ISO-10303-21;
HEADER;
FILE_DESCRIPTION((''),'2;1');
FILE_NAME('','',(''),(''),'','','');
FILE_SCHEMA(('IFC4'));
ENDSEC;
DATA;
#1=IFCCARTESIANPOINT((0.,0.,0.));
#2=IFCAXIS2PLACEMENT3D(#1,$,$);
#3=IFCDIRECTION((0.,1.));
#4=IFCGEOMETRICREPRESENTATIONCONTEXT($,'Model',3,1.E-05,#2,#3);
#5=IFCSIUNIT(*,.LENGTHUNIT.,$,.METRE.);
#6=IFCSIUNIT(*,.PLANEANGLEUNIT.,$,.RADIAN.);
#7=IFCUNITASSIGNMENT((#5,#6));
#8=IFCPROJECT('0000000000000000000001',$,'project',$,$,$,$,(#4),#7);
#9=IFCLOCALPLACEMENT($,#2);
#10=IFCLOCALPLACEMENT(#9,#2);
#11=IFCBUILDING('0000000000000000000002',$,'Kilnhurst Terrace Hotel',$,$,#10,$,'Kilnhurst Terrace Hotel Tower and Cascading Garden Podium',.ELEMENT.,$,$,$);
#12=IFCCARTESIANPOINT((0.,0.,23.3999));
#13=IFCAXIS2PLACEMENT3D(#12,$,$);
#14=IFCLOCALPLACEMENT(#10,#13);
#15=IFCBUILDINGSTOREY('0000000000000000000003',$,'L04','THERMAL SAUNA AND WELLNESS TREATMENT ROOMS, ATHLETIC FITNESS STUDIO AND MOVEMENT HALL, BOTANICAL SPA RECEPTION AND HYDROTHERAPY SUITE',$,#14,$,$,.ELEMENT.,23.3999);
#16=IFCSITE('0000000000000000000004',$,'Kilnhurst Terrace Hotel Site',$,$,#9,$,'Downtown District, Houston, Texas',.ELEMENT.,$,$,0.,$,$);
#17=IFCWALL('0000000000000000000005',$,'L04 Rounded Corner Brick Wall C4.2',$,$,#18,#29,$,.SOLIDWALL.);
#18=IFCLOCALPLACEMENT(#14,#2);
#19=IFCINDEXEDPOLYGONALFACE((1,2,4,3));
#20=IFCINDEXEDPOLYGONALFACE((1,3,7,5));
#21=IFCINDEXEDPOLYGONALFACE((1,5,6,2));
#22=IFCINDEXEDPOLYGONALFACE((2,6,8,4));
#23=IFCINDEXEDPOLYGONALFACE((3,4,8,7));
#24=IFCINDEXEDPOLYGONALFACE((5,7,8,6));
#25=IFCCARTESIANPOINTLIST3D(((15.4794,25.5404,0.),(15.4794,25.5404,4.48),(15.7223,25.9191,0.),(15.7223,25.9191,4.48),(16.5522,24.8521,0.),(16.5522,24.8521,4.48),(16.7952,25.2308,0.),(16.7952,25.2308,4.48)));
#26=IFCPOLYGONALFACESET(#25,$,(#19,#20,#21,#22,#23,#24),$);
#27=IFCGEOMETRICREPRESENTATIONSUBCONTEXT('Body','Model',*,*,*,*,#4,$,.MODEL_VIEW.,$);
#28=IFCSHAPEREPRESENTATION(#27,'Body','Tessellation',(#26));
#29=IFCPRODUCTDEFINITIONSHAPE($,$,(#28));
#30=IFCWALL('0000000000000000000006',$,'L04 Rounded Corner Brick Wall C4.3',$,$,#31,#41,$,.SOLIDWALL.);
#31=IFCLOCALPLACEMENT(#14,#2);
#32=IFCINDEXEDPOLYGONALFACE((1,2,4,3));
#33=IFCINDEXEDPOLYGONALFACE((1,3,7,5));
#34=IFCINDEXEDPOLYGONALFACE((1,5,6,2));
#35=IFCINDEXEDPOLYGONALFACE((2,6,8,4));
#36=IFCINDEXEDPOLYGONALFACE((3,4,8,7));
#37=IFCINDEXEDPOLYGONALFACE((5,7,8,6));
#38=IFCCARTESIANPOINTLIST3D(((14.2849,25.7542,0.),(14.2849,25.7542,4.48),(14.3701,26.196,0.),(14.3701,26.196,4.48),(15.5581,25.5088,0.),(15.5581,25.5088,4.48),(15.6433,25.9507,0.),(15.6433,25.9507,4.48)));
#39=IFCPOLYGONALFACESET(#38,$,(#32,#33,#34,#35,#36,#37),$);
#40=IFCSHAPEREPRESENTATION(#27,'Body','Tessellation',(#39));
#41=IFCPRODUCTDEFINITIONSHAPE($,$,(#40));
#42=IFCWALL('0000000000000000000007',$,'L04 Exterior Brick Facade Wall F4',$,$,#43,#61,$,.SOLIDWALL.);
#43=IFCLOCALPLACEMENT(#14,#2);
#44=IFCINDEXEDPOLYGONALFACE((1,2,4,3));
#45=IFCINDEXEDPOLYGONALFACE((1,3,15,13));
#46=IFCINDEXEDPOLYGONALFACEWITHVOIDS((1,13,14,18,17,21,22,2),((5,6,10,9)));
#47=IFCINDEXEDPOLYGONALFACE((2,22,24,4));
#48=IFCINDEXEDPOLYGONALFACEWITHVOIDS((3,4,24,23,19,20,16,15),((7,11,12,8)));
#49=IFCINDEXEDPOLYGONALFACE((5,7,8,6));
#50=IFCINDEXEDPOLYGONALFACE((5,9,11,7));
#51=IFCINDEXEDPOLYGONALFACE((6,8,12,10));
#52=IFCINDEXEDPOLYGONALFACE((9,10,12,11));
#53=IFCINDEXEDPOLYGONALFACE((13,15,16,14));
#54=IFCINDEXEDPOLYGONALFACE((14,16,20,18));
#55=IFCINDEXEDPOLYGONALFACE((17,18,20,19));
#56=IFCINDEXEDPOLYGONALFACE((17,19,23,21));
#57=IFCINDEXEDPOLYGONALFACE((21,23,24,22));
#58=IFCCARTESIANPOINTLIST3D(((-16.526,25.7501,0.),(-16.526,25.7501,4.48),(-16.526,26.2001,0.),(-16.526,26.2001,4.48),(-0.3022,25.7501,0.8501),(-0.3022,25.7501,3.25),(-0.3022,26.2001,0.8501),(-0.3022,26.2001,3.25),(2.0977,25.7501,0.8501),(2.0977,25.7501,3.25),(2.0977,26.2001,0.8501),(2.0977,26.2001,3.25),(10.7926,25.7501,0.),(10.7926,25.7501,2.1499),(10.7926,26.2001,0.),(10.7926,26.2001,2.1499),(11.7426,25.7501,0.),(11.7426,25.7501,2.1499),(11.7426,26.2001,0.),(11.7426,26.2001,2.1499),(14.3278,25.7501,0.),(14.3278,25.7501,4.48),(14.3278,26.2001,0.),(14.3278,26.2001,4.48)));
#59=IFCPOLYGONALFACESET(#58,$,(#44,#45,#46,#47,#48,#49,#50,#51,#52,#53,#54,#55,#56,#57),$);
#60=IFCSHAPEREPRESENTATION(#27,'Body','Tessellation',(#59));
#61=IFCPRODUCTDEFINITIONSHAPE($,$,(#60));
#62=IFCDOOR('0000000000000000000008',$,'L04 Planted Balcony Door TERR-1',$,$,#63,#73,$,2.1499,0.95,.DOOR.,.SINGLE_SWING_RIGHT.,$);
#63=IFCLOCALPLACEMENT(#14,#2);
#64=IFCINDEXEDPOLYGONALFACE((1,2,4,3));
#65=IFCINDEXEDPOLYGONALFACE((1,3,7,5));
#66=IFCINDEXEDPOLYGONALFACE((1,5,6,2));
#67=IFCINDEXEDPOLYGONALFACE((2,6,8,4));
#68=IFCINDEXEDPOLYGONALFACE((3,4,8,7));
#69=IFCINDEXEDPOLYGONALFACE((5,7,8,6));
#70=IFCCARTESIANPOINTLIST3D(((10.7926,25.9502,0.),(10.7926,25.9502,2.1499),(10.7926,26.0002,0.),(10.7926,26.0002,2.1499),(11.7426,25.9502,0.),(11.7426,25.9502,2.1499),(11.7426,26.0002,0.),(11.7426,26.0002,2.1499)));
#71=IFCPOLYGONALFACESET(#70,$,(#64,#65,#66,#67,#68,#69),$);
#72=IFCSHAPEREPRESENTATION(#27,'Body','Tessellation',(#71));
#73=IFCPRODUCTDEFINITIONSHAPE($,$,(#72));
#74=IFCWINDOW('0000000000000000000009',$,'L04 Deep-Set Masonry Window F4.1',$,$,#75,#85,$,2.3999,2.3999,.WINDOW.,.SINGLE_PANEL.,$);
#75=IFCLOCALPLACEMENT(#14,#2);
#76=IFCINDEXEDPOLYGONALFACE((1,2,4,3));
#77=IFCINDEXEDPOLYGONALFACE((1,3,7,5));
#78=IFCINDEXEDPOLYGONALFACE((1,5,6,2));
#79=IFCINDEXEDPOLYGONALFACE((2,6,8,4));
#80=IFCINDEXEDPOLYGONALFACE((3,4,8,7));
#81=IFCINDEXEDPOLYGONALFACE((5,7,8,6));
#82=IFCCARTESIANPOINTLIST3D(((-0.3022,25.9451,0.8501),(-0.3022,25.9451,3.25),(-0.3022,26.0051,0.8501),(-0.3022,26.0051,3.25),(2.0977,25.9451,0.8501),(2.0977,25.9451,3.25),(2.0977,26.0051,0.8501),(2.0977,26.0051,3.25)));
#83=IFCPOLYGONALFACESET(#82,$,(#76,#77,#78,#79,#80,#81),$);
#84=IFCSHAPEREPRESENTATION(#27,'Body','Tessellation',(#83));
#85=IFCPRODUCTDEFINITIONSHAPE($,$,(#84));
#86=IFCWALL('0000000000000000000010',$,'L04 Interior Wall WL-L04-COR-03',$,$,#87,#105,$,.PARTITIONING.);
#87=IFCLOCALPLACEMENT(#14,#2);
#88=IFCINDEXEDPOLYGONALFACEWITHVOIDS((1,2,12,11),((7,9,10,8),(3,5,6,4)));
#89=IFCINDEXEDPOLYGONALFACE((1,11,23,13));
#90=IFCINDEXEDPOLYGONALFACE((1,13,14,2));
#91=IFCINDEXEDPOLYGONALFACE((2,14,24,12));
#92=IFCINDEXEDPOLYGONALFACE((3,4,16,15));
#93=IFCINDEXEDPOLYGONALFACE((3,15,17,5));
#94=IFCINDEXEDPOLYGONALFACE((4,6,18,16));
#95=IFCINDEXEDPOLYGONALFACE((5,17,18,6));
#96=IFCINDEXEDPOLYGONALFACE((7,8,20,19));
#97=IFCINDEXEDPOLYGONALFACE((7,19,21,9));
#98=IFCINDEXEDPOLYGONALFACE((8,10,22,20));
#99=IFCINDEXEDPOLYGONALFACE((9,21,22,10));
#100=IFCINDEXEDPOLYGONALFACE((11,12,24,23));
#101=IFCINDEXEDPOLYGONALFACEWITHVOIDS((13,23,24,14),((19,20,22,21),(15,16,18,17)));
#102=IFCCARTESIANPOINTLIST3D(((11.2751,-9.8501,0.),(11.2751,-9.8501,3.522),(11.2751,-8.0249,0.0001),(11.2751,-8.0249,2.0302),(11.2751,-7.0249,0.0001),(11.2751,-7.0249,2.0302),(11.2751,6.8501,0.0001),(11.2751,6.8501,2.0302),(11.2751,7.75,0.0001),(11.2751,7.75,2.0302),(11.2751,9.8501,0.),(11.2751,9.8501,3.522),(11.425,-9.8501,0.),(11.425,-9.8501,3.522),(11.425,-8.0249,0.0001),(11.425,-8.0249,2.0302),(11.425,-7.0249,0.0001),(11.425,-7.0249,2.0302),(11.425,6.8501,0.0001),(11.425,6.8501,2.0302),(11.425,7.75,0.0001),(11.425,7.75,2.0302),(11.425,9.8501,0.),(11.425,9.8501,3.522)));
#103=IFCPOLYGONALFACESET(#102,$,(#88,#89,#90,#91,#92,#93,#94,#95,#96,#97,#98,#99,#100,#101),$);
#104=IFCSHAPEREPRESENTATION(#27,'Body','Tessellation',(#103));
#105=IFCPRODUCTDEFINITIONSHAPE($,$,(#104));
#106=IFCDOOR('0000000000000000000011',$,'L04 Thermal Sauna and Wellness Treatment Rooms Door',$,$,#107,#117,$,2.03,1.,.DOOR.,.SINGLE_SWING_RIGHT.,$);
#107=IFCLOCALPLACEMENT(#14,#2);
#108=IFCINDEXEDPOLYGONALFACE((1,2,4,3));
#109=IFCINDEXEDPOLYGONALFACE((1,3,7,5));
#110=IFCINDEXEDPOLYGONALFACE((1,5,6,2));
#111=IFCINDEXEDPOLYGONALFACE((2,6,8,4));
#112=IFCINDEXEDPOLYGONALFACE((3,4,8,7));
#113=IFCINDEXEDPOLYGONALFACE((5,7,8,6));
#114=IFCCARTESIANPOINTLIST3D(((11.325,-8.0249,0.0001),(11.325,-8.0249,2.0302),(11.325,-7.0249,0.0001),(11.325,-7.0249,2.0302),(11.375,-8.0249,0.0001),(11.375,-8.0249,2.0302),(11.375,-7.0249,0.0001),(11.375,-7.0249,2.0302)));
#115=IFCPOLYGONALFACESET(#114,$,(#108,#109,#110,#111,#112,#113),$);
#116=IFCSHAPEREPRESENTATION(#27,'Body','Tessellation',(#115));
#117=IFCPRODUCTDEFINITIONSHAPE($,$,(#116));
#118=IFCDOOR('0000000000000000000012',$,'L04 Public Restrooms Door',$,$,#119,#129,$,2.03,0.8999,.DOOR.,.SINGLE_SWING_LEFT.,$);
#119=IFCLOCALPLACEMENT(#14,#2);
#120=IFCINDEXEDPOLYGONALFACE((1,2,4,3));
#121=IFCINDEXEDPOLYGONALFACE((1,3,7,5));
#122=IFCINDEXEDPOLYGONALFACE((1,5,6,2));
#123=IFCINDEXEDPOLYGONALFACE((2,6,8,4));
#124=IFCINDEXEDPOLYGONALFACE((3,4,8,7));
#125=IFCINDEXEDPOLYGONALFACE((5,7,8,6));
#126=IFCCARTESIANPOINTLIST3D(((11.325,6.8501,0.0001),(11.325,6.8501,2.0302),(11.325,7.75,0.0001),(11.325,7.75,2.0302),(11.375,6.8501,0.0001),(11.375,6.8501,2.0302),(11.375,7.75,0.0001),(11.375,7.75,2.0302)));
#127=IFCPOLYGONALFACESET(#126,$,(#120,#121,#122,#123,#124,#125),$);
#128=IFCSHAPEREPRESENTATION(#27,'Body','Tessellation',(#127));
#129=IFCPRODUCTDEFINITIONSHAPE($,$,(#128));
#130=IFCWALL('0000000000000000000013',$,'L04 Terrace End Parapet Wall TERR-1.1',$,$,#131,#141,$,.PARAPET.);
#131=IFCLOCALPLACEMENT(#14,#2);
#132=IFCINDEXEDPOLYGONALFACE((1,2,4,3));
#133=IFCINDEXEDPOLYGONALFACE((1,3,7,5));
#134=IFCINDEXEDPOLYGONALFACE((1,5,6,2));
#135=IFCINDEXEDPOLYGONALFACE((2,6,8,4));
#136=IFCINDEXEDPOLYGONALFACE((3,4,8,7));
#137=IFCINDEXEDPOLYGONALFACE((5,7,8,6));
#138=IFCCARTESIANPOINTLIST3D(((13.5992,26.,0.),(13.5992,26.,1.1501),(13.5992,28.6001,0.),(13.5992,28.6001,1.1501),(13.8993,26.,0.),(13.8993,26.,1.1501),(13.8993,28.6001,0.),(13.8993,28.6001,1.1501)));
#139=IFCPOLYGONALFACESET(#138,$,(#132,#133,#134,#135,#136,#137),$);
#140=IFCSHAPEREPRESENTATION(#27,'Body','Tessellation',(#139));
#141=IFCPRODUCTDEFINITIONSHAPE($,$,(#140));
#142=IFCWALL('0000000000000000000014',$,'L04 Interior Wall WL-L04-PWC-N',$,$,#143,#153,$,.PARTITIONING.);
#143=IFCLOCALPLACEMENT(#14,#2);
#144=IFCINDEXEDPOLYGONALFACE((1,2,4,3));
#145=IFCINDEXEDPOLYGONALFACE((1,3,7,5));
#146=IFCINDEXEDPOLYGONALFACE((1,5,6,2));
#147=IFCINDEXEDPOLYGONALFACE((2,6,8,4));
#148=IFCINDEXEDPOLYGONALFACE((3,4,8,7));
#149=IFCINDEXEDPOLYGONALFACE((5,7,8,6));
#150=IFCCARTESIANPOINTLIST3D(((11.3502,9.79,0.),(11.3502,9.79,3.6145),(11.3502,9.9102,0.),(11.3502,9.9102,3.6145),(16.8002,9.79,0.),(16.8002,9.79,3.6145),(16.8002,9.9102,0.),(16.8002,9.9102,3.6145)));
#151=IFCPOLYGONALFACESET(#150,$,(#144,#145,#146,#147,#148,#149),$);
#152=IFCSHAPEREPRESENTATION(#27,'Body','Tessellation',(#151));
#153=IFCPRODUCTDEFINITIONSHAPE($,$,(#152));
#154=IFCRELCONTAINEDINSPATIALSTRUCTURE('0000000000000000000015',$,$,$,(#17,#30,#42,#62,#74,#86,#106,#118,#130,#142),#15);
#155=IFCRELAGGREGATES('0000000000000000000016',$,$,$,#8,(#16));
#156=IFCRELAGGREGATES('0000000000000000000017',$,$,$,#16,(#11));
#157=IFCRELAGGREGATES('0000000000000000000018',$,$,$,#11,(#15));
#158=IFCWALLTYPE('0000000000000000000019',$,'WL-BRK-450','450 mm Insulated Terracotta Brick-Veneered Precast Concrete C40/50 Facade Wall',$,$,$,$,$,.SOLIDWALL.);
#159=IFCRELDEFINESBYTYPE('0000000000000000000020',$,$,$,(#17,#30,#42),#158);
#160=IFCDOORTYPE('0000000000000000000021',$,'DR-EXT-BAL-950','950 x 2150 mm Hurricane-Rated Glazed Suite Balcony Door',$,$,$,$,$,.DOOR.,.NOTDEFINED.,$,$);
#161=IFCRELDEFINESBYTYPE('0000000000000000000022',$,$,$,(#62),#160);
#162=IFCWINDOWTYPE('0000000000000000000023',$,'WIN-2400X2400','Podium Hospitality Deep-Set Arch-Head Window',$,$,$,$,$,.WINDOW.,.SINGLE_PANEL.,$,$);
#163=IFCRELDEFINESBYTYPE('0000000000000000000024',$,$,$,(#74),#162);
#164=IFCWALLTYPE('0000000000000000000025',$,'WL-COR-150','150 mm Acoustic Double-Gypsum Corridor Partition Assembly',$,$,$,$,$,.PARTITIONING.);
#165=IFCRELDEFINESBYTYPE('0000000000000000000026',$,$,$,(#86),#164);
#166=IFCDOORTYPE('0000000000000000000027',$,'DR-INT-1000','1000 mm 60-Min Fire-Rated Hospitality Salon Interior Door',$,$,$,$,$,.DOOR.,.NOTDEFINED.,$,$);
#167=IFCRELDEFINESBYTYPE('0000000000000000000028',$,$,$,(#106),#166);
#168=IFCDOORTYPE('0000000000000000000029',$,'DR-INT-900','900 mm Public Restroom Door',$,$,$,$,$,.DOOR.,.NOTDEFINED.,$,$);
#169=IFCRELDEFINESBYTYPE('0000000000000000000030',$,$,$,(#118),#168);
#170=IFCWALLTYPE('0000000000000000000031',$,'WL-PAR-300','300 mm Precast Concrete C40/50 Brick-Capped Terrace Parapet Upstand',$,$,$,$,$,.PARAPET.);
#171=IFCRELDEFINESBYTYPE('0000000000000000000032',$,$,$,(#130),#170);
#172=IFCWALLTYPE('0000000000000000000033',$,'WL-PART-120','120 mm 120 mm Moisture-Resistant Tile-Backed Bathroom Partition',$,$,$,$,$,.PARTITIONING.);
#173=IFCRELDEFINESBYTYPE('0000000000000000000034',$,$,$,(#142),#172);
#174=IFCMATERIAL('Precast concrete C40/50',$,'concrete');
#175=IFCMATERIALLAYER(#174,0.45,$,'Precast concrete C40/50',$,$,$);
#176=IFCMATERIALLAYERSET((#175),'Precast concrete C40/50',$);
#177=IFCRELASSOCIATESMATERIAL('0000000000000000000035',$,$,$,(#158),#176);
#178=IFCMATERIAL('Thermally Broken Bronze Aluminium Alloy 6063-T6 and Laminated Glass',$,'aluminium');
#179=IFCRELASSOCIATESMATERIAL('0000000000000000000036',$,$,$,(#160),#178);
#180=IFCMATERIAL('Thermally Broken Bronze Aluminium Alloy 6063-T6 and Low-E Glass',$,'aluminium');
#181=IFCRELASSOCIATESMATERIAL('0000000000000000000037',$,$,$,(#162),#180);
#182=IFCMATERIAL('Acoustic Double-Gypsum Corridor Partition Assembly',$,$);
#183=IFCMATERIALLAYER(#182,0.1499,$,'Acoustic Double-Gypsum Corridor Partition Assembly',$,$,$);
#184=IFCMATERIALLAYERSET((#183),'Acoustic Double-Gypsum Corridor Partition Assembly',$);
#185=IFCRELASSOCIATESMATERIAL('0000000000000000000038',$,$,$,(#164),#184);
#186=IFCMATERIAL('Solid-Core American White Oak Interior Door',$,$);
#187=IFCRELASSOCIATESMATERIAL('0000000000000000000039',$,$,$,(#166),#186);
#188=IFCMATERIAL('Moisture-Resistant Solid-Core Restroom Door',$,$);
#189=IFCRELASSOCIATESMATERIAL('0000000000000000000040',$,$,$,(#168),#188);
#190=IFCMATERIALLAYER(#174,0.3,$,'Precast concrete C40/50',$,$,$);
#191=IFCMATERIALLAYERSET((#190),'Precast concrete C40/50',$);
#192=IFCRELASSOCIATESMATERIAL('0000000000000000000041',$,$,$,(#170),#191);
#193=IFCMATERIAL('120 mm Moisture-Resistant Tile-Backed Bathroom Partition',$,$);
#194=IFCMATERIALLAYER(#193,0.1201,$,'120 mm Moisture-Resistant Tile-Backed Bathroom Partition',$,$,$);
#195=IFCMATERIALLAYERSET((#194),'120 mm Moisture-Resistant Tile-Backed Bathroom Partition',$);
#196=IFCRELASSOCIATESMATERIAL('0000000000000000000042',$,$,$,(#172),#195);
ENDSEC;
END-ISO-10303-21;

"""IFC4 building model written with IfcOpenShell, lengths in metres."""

from ifc_helpers import new_model, si_unit, direction, frame, frame_2d, origin, place, context, subcontext, project, spatial, rectangle, extrude, material, layer, layer_set, type_object, element, fill, save


model = new_model("IFC4")

# Units and contexts
model_context = context("Model", 3, precision=1e-05, world=origin(), true_north=direction((0.0, 1.0)))
body_context = subcontext(model_context, "Body", "Model", "MODEL_VIEW")
ifc_project = project(units=[si_unit("LENGTHUNIT", "METRE"), si_unit("PLANEANGLEUNIT", "RADIAN")], contexts=[model_context])

# Site, building, storey
site_placement = place(None, origin())
site = spatial("IfcSite", under=ifc_project, at=site_placement, Name="Kilnhurst Terrace Hotel Site", LongName="Downtown District, Houston, Texas", CompositionType="ELEMENT", RefElevation=0.0)
building_placement = place(site_placement, origin())
building = spatial("IfcBuilding", under=site, at=building_placement, Name="Kilnhurst Terrace Hotel", LongName="Kilnhurst Terrace Hotel Tower and Cascading Garden Podium", CompositionType="ELEMENT")
storey_placement = place(building_placement, frame((0.0, 0.0, 23.3999)))
storey = spatial("IfcBuildingStorey", under=building, at=storey_placement, Name="L04", Description="THERMAL SAUNA AND WELLNESS TREATMENT ROOMS, ATHLETIC FITNESS STUDIO AND MOVEMENT HALL, BOTANICAL SPA RECEPTION AND HYDROTHERAPY SUITE", CompositionType="ELEMENT", Elevation=23.3999)

# Walls
ifc_material_1 = material(Name="Precast concrete C40/50", Category="concrete")
ifc_layer_1 = layer(ifc_material_1, 0.45, Name="Precast concrete C40/50")
ifc_layer_set_1 = layer_set([ifc_layer_1], Name="Precast concrete C40/50")
wall_type_1 = type_object("IfcWallType", Name="WL-BRK-450", Description="450 mm Insulated Terracotta Brick-Veneered Precast Concrete C40/50 Facade Wall", PredefinedType="SOLIDWALL", material=ifc_layer_set_1)
wall_1_placement = place(storey_placement, frame((16.6736, 25.0415, 0.0), z_axis=(0.0, 0.0, 1.0), x_axis=(-0.841676, 0.539983, 0.0)))
element("IfcWall", 1, at=wall_1_placement, inside=storey, type_object=wall_type_1, Name="L04 Rounded Corner Brick Wall C4.2", PredefinedType="SOLIDWALL", context=body_context, shape_type="SweptSolid", body=[
    extrude(rectangle(XDim=1.2747, YDim=0.45, at=frame_2d((0.6372, 0.0))), origin(), (0.0, 0.0, 1.0), 4.48),
])
wall_2_placement = place(storey_placement, frame((15.6008, 25.7297, 0.0), z_axis=(0.0, 0.0, 1.0), x_axis=(-0.981933, 0.189231, 0.0)))
element("IfcWall", 2, at=wall_2_placement, inside=storey, type_object=wall_type_1, Name="L04 Rounded Corner Brick Wall C4.3", PredefinedType="SOLIDWALL", context=body_context, shape_type="SweptSolid", body=[
    extrude(rectangle(XDim=1.2966, YDim=0.45, at=frame_2d((0.6484, 0.0))), origin(), (0.0, 0.0, 1.0), 4.48),
])

# Wall, openings, door, window
wall_3_placement = place(storey_placement, frame((14.3276, 25.9751, 0.0), z_axis=(0.0, 0.0, 1.0), x_axis=(-1.0, 0.0, 0.0)))
wall_3 = element("IfcWall", 3, at=wall_3_placement, inside=storey, type_object=wall_type_1, Name="L04 Exterior Brick Facade Wall F4", PredefinedType="SOLIDWALL", context=body_context, shape_type="SweptSolid", body=[
    extrude(rectangle(XDim=30.8538, YDim=0.45, at=frame_2d((15.4268, 0.0))), origin(), (0.0, 0.0, 1.0), 4.48),
])
opening_1_placement = place(wall_3_placement, frame((2.585, 0.0, 0.0)))
opening_1 = element("IfcOpeningElement", 4, at=opening_1_placement, cuts=wall_3, PredefinedType="OPENING", context=body_context, shape_type="SweptSolid", body=[
    extrude(rectangle(XDim=0.95, YDim=2.1499, at=frame_2d((0.4751, 1.075))), frame((0.0, 0.2349, 0.0), z_axis=(0.0, -1.0, 0.0), x_axis=(1.0, 0.0, 0.0)), (0.0, 0.0, 1.0), 0.47),
])
opening_2_placement = place(wall_3_placement, frame((12.23, 0.0, 0.8501)))
opening_2 = element("IfcOpeningElement", 5, at=opening_2_placement, cuts=wall_3, PredefinedType="OPENING", context=body_context, shape_type="SweptSolid", body=[
    extrude(rectangle(XDim=2.3999, YDim=2.3999, at=frame_2d((1.2, 1.2))), frame((0.0, 0.2349, 0.0), z_axis=(0.0, -1.0, 0.0), x_axis=(1.0, 0.0, 0.0)), (0.0, 0.0, 1.0), 0.47),
])
ifc_material_2 = material(Name="Thermally Broken Bronze Aluminium Alloy 6063-T6 and Laminated Glass", Category="aluminium")
door_type_1 = type_object("IfcDoorType", Name="DR-EXT-BAL-950", Description="950 x 2150 mm Hurricane-Rated Glazed Suite Balcony Door", OperationType="NOTDEFINED", PredefinedType="DOOR", material=ifc_material_2)
door_1_placement = place(opening_1_placement, origin())
door_1 = element("IfcDoor", 6, at=door_1_placement, inside=storey, type_object=door_type_1, Name="L04 Planted Balcony Door TERR-1", OperationType="SINGLE_SWING_RIGHT", OverallHeight=2.1499, OverallWidth=0.95, PredefinedType="DOOR", context=body_context, shape_type="SweptSolid", body=[
    extrude(rectangle(XDim=0.95, YDim=2.1499, at=frame_2d((0.4751, 1.075))), frame((0.0, 0.0249, 0.0), z_axis=(0.0, -1.0, 0.0), x_axis=(1.0, 0.0, 0.0)), (0.0, 0.0, 1.0), 0.05),
])
fill(opening_1, door_1)
ifc_material_3 = material(Name="Thermally Broken Bronze Aluminium Alloy 6063-T6 and Low-E Glass", Category="aluminium")
window_type = type_object("IfcWindowType", Name="WIN-2400X2400", Description="Podium Hospitality Deep-Set Arch-Head Window", PartitioningType="SINGLE_PANEL", PredefinedType="WINDOW", material=ifc_material_3)
window_placement = place(opening_2_placement, origin())
window = element("IfcWindow", 7, at=window_placement, inside=storey, type_object=window_type, Name="L04 Deep-Set Masonry Window F4.1", OverallHeight=2.3999, OverallWidth=2.3999, PartitioningType="SINGLE_PANEL", PredefinedType="WINDOW", context=body_context, shape_type="SweptSolid", body=[
    extrude(rectangle(XDim=2.3999, YDim=2.3999, at=frame_2d((1.2, 1.2))), frame((0.0, 0.03, 0.0), z_axis=(0.0, -1.0, 0.0), x_axis=(1.0, 0.0, 0.0)), (0.0, 0.0, 1.0), 0.0601),
])
fill(opening_2, window)

# Wall, openings, doors
ifc_material_4 = material(Name="Acoustic Double-Gypsum Corridor Partition Assembly")
ifc_layer_2 = layer(ifc_material_4, 0.1499, Name="Acoustic Double-Gypsum Corridor Partition Assembly")
ifc_layer_set_2 = layer_set([ifc_layer_2], Name="Acoustic Double-Gypsum Corridor Partition Assembly")
wall_type_2 = type_object("IfcWallType", Name="WL-COR-150", Description="150 mm Acoustic Double-Gypsum Corridor Partition Assembly", PredefinedType="PARTITIONING", material=ifc_layer_set_2)
wall_4_placement = place(storey_placement, frame((11.3501, 9.8501, 0.0), z_axis=(0.0, 0.0, 1.0), x_axis=(0.0, -1.0, 0.0)))
wall_4 = element("IfcWall", 8, at=wall_4_placement, inside=storey, type_object=wall_type_2, Name="L04 Interior Wall WL-L04-COR-03", PredefinedType="PARTITIONING", context=body_context, shape_type="SweptSolid", body=[
    extrude(rectangle(XDim=19.7002, YDim=0.1499, at=frame_2d((9.8501, 0.0))), origin(), (0.0, 0.0, 1.0), 3.522),
])
opening_3_placement = place(wall_4_placement, frame((2.1001, 0.0, 0.0)))
opening_3 = element("IfcOpeningElement", 9, at=opening_3_placement, cuts=wall_4, PredefinedType="OPENING", context=body_context, shape_type="SweptSolid", body=[
    extrude(rectangle(XDim=0.8999, YDim=2.03, at=frame_2d((0.45, 1.0151))), frame((0.0, 0.085, 0.0), z_axis=(0.0, -1.0, 0.0), x_axis=(1.0, 0.0, 0.0)), (0.0, 0.0, 1.0), 0.1699),
])
opening_4_placement = place(wall_4_placement, frame((16.875, 0.0, 0.0)))
opening_4 = element("IfcOpeningElement", 10, at=opening_4_placement, cuts=wall_4, PredefinedType="OPENING", context=body_context, shape_type="SweptSolid", body=[
    extrude(rectangle(XDim=1.0, YDim=2.03, at=frame_2d((0.5, 1.0151))), frame((0.0, 0.085, 0.0), z_axis=(0.0, -1.0, 0.0), x_axis=(1.0, 0.0, 0.0)), (0.0, 0.0, 1.0), 0.1699),
])
ifc_material_5 = material(Name="Solid-Core American White Oak Interior Door")
door_type_2 = type_object("IfcDoorType", Name="DR-INT-1000", Description="1000 mm 60-Min Fire-Rated Hospitality Salon Interior Door", OperationType="NOTDEFINED", PredefinedType="DOOR", material=ifc_material_5)
door_2_placement = place(opening_4_placement, origin())
door_2 = element("IfcDoor", 11, at=door_2_placement, inside=storey, type_object=door_type_2, Name="L04 Thermal Sauna and Wellness Treatment Rooms Door", OperationType="SINGLE_SWING_RIGHT", OverallHeight=2.03, OverallWidth=1.0, PredefinedType="DOOR", context=body_context, shape_type="SweptSolid", body=[
    extrude(rectangle(XDim=1.0, YDim=2.03, at=frame_2d((0.5, 1.0151))), frame((0.0, 0.0249, 0.0), z_axis=(0.0, -1.0, 0.0), x_axis=(1.0, 0.0, 0.0)), (0.0, 0.0, 1.0), 0.05),
])
fill(opening_4, door_2)
ifc_material_6 = material(Name="Moisture-Resistant Solid-Core Restroom Door")
door_type_3 = type_object("IfcDoorType", Name="DR-INT-900", Description="900 mm Public Restroom Door", OperationType="NOTDEFINED", PredefinedType="DOOR", material=ifc_material_6)
door_3_placement = place(opening_3_placement, origin())
door_3 = element("IfcDoor", 12, at=door_3_placement, inside=storey, type_object=door_type_3, Name="L04 Public Restrooms Door", OperationType="SINGLE_SWING_LEFT", OverallHeight=2.03, OverallWidth=0.8999, PredefinedType="DOOR", context=body_context, shape_type="SweptSolid", body=[
    extrude(rectangle(XDim=0.8999, YDim=2.03, at=frame_2d((0.45, 1.0151))), frame((0.0, 0.0249, 0.0), z_axis=(0.0, -1.0, 0.0), x_axis=(1.0, 0.0, 0.0)), (0.0, 0.0, 1.0), 0.05),
])
fill(opening_3, door_3)

# Walls
ifc_layer_3 = layer(ifc_material_1, 0.3, Name="Precast concrete C40/50")
ifc_layer_set_3 = layer_set([ifc_layer_3], Name="Precast concrete C40/50")
wall_type_3 = type_object("IfcWallType", Name="WL-PAR-300", Description="300 mm Precast Concrete C40/50 Brick-Capped Terrace Parapet Upstand", PredefinedType="PARAPET", material=ifc_layer_set_3)
wall_5_placement = place(storey_placement, frame((13.7493, 26.0, 0.0), z_axis=(0.0, 0.0, 1.0), x_axis=(0.0, 1.0, 0.0)))
element("IfcWall", 13, at=wall_5_placement, inside=storey, type_object=wall_type_3, Name="L04 Terrace End Parapet Wall TERR-1.1", PredefinedType="PARAPET", context=body_context, shape_type="SweptSolid", body=[
    extrude(rectangle(XDim=2.6001, YDim=0.3, at=frame_2d((1.3, 0.0))), origin(), (0.0, 0.0, 1.0), 1.1501),
])
ifc_material_7 = material(Name="120 mm Moisture-Resistant Tile-Backed Bathroom Partition")
ifc_layer_4 = layer(ifc_material_7, 0.1201, Name="120 mm Moisture-Resistant Tile-Backed Bathroom Partition")
ifc_layer_set_4 = layer_set([ifc_layer_4], Name="120 mm Moisture-Resistant Tile-Backed Bathroom Partition")
wall_type_4 = type_object("IfcWallType", Name="WL-PART-120", Description="120 mm 120 mm Moisture-Resistant Tile-Backed Bathroom Partition", PredefinedType="PARTITIONING", material=ifc_layer_set_4)
wall_6_placement = place(storey_placement, frame((11.3501, 9.8501, 0.0), z_axis=(0.0, 0.0, 1.0), x_axis=(1.0, 0.0, 0.0)))
element("IfcWall", 14, at=wall_6_placement, inside=storey, type_object=wall_type_4, Name="L04 Interior Wall WL-L04-PWC-N", PredefinedType="PARTITIONING", context=body_context, shape_type="SweptSolid", body=[
    extrude(rectangle(XDim=5.45, YDim=0.1201, at=frame_2d((2.7251, 0.0))), origin(), (0.0, 0.0, 1.0), 3.6145),
])

save(model, "model.ifc")
